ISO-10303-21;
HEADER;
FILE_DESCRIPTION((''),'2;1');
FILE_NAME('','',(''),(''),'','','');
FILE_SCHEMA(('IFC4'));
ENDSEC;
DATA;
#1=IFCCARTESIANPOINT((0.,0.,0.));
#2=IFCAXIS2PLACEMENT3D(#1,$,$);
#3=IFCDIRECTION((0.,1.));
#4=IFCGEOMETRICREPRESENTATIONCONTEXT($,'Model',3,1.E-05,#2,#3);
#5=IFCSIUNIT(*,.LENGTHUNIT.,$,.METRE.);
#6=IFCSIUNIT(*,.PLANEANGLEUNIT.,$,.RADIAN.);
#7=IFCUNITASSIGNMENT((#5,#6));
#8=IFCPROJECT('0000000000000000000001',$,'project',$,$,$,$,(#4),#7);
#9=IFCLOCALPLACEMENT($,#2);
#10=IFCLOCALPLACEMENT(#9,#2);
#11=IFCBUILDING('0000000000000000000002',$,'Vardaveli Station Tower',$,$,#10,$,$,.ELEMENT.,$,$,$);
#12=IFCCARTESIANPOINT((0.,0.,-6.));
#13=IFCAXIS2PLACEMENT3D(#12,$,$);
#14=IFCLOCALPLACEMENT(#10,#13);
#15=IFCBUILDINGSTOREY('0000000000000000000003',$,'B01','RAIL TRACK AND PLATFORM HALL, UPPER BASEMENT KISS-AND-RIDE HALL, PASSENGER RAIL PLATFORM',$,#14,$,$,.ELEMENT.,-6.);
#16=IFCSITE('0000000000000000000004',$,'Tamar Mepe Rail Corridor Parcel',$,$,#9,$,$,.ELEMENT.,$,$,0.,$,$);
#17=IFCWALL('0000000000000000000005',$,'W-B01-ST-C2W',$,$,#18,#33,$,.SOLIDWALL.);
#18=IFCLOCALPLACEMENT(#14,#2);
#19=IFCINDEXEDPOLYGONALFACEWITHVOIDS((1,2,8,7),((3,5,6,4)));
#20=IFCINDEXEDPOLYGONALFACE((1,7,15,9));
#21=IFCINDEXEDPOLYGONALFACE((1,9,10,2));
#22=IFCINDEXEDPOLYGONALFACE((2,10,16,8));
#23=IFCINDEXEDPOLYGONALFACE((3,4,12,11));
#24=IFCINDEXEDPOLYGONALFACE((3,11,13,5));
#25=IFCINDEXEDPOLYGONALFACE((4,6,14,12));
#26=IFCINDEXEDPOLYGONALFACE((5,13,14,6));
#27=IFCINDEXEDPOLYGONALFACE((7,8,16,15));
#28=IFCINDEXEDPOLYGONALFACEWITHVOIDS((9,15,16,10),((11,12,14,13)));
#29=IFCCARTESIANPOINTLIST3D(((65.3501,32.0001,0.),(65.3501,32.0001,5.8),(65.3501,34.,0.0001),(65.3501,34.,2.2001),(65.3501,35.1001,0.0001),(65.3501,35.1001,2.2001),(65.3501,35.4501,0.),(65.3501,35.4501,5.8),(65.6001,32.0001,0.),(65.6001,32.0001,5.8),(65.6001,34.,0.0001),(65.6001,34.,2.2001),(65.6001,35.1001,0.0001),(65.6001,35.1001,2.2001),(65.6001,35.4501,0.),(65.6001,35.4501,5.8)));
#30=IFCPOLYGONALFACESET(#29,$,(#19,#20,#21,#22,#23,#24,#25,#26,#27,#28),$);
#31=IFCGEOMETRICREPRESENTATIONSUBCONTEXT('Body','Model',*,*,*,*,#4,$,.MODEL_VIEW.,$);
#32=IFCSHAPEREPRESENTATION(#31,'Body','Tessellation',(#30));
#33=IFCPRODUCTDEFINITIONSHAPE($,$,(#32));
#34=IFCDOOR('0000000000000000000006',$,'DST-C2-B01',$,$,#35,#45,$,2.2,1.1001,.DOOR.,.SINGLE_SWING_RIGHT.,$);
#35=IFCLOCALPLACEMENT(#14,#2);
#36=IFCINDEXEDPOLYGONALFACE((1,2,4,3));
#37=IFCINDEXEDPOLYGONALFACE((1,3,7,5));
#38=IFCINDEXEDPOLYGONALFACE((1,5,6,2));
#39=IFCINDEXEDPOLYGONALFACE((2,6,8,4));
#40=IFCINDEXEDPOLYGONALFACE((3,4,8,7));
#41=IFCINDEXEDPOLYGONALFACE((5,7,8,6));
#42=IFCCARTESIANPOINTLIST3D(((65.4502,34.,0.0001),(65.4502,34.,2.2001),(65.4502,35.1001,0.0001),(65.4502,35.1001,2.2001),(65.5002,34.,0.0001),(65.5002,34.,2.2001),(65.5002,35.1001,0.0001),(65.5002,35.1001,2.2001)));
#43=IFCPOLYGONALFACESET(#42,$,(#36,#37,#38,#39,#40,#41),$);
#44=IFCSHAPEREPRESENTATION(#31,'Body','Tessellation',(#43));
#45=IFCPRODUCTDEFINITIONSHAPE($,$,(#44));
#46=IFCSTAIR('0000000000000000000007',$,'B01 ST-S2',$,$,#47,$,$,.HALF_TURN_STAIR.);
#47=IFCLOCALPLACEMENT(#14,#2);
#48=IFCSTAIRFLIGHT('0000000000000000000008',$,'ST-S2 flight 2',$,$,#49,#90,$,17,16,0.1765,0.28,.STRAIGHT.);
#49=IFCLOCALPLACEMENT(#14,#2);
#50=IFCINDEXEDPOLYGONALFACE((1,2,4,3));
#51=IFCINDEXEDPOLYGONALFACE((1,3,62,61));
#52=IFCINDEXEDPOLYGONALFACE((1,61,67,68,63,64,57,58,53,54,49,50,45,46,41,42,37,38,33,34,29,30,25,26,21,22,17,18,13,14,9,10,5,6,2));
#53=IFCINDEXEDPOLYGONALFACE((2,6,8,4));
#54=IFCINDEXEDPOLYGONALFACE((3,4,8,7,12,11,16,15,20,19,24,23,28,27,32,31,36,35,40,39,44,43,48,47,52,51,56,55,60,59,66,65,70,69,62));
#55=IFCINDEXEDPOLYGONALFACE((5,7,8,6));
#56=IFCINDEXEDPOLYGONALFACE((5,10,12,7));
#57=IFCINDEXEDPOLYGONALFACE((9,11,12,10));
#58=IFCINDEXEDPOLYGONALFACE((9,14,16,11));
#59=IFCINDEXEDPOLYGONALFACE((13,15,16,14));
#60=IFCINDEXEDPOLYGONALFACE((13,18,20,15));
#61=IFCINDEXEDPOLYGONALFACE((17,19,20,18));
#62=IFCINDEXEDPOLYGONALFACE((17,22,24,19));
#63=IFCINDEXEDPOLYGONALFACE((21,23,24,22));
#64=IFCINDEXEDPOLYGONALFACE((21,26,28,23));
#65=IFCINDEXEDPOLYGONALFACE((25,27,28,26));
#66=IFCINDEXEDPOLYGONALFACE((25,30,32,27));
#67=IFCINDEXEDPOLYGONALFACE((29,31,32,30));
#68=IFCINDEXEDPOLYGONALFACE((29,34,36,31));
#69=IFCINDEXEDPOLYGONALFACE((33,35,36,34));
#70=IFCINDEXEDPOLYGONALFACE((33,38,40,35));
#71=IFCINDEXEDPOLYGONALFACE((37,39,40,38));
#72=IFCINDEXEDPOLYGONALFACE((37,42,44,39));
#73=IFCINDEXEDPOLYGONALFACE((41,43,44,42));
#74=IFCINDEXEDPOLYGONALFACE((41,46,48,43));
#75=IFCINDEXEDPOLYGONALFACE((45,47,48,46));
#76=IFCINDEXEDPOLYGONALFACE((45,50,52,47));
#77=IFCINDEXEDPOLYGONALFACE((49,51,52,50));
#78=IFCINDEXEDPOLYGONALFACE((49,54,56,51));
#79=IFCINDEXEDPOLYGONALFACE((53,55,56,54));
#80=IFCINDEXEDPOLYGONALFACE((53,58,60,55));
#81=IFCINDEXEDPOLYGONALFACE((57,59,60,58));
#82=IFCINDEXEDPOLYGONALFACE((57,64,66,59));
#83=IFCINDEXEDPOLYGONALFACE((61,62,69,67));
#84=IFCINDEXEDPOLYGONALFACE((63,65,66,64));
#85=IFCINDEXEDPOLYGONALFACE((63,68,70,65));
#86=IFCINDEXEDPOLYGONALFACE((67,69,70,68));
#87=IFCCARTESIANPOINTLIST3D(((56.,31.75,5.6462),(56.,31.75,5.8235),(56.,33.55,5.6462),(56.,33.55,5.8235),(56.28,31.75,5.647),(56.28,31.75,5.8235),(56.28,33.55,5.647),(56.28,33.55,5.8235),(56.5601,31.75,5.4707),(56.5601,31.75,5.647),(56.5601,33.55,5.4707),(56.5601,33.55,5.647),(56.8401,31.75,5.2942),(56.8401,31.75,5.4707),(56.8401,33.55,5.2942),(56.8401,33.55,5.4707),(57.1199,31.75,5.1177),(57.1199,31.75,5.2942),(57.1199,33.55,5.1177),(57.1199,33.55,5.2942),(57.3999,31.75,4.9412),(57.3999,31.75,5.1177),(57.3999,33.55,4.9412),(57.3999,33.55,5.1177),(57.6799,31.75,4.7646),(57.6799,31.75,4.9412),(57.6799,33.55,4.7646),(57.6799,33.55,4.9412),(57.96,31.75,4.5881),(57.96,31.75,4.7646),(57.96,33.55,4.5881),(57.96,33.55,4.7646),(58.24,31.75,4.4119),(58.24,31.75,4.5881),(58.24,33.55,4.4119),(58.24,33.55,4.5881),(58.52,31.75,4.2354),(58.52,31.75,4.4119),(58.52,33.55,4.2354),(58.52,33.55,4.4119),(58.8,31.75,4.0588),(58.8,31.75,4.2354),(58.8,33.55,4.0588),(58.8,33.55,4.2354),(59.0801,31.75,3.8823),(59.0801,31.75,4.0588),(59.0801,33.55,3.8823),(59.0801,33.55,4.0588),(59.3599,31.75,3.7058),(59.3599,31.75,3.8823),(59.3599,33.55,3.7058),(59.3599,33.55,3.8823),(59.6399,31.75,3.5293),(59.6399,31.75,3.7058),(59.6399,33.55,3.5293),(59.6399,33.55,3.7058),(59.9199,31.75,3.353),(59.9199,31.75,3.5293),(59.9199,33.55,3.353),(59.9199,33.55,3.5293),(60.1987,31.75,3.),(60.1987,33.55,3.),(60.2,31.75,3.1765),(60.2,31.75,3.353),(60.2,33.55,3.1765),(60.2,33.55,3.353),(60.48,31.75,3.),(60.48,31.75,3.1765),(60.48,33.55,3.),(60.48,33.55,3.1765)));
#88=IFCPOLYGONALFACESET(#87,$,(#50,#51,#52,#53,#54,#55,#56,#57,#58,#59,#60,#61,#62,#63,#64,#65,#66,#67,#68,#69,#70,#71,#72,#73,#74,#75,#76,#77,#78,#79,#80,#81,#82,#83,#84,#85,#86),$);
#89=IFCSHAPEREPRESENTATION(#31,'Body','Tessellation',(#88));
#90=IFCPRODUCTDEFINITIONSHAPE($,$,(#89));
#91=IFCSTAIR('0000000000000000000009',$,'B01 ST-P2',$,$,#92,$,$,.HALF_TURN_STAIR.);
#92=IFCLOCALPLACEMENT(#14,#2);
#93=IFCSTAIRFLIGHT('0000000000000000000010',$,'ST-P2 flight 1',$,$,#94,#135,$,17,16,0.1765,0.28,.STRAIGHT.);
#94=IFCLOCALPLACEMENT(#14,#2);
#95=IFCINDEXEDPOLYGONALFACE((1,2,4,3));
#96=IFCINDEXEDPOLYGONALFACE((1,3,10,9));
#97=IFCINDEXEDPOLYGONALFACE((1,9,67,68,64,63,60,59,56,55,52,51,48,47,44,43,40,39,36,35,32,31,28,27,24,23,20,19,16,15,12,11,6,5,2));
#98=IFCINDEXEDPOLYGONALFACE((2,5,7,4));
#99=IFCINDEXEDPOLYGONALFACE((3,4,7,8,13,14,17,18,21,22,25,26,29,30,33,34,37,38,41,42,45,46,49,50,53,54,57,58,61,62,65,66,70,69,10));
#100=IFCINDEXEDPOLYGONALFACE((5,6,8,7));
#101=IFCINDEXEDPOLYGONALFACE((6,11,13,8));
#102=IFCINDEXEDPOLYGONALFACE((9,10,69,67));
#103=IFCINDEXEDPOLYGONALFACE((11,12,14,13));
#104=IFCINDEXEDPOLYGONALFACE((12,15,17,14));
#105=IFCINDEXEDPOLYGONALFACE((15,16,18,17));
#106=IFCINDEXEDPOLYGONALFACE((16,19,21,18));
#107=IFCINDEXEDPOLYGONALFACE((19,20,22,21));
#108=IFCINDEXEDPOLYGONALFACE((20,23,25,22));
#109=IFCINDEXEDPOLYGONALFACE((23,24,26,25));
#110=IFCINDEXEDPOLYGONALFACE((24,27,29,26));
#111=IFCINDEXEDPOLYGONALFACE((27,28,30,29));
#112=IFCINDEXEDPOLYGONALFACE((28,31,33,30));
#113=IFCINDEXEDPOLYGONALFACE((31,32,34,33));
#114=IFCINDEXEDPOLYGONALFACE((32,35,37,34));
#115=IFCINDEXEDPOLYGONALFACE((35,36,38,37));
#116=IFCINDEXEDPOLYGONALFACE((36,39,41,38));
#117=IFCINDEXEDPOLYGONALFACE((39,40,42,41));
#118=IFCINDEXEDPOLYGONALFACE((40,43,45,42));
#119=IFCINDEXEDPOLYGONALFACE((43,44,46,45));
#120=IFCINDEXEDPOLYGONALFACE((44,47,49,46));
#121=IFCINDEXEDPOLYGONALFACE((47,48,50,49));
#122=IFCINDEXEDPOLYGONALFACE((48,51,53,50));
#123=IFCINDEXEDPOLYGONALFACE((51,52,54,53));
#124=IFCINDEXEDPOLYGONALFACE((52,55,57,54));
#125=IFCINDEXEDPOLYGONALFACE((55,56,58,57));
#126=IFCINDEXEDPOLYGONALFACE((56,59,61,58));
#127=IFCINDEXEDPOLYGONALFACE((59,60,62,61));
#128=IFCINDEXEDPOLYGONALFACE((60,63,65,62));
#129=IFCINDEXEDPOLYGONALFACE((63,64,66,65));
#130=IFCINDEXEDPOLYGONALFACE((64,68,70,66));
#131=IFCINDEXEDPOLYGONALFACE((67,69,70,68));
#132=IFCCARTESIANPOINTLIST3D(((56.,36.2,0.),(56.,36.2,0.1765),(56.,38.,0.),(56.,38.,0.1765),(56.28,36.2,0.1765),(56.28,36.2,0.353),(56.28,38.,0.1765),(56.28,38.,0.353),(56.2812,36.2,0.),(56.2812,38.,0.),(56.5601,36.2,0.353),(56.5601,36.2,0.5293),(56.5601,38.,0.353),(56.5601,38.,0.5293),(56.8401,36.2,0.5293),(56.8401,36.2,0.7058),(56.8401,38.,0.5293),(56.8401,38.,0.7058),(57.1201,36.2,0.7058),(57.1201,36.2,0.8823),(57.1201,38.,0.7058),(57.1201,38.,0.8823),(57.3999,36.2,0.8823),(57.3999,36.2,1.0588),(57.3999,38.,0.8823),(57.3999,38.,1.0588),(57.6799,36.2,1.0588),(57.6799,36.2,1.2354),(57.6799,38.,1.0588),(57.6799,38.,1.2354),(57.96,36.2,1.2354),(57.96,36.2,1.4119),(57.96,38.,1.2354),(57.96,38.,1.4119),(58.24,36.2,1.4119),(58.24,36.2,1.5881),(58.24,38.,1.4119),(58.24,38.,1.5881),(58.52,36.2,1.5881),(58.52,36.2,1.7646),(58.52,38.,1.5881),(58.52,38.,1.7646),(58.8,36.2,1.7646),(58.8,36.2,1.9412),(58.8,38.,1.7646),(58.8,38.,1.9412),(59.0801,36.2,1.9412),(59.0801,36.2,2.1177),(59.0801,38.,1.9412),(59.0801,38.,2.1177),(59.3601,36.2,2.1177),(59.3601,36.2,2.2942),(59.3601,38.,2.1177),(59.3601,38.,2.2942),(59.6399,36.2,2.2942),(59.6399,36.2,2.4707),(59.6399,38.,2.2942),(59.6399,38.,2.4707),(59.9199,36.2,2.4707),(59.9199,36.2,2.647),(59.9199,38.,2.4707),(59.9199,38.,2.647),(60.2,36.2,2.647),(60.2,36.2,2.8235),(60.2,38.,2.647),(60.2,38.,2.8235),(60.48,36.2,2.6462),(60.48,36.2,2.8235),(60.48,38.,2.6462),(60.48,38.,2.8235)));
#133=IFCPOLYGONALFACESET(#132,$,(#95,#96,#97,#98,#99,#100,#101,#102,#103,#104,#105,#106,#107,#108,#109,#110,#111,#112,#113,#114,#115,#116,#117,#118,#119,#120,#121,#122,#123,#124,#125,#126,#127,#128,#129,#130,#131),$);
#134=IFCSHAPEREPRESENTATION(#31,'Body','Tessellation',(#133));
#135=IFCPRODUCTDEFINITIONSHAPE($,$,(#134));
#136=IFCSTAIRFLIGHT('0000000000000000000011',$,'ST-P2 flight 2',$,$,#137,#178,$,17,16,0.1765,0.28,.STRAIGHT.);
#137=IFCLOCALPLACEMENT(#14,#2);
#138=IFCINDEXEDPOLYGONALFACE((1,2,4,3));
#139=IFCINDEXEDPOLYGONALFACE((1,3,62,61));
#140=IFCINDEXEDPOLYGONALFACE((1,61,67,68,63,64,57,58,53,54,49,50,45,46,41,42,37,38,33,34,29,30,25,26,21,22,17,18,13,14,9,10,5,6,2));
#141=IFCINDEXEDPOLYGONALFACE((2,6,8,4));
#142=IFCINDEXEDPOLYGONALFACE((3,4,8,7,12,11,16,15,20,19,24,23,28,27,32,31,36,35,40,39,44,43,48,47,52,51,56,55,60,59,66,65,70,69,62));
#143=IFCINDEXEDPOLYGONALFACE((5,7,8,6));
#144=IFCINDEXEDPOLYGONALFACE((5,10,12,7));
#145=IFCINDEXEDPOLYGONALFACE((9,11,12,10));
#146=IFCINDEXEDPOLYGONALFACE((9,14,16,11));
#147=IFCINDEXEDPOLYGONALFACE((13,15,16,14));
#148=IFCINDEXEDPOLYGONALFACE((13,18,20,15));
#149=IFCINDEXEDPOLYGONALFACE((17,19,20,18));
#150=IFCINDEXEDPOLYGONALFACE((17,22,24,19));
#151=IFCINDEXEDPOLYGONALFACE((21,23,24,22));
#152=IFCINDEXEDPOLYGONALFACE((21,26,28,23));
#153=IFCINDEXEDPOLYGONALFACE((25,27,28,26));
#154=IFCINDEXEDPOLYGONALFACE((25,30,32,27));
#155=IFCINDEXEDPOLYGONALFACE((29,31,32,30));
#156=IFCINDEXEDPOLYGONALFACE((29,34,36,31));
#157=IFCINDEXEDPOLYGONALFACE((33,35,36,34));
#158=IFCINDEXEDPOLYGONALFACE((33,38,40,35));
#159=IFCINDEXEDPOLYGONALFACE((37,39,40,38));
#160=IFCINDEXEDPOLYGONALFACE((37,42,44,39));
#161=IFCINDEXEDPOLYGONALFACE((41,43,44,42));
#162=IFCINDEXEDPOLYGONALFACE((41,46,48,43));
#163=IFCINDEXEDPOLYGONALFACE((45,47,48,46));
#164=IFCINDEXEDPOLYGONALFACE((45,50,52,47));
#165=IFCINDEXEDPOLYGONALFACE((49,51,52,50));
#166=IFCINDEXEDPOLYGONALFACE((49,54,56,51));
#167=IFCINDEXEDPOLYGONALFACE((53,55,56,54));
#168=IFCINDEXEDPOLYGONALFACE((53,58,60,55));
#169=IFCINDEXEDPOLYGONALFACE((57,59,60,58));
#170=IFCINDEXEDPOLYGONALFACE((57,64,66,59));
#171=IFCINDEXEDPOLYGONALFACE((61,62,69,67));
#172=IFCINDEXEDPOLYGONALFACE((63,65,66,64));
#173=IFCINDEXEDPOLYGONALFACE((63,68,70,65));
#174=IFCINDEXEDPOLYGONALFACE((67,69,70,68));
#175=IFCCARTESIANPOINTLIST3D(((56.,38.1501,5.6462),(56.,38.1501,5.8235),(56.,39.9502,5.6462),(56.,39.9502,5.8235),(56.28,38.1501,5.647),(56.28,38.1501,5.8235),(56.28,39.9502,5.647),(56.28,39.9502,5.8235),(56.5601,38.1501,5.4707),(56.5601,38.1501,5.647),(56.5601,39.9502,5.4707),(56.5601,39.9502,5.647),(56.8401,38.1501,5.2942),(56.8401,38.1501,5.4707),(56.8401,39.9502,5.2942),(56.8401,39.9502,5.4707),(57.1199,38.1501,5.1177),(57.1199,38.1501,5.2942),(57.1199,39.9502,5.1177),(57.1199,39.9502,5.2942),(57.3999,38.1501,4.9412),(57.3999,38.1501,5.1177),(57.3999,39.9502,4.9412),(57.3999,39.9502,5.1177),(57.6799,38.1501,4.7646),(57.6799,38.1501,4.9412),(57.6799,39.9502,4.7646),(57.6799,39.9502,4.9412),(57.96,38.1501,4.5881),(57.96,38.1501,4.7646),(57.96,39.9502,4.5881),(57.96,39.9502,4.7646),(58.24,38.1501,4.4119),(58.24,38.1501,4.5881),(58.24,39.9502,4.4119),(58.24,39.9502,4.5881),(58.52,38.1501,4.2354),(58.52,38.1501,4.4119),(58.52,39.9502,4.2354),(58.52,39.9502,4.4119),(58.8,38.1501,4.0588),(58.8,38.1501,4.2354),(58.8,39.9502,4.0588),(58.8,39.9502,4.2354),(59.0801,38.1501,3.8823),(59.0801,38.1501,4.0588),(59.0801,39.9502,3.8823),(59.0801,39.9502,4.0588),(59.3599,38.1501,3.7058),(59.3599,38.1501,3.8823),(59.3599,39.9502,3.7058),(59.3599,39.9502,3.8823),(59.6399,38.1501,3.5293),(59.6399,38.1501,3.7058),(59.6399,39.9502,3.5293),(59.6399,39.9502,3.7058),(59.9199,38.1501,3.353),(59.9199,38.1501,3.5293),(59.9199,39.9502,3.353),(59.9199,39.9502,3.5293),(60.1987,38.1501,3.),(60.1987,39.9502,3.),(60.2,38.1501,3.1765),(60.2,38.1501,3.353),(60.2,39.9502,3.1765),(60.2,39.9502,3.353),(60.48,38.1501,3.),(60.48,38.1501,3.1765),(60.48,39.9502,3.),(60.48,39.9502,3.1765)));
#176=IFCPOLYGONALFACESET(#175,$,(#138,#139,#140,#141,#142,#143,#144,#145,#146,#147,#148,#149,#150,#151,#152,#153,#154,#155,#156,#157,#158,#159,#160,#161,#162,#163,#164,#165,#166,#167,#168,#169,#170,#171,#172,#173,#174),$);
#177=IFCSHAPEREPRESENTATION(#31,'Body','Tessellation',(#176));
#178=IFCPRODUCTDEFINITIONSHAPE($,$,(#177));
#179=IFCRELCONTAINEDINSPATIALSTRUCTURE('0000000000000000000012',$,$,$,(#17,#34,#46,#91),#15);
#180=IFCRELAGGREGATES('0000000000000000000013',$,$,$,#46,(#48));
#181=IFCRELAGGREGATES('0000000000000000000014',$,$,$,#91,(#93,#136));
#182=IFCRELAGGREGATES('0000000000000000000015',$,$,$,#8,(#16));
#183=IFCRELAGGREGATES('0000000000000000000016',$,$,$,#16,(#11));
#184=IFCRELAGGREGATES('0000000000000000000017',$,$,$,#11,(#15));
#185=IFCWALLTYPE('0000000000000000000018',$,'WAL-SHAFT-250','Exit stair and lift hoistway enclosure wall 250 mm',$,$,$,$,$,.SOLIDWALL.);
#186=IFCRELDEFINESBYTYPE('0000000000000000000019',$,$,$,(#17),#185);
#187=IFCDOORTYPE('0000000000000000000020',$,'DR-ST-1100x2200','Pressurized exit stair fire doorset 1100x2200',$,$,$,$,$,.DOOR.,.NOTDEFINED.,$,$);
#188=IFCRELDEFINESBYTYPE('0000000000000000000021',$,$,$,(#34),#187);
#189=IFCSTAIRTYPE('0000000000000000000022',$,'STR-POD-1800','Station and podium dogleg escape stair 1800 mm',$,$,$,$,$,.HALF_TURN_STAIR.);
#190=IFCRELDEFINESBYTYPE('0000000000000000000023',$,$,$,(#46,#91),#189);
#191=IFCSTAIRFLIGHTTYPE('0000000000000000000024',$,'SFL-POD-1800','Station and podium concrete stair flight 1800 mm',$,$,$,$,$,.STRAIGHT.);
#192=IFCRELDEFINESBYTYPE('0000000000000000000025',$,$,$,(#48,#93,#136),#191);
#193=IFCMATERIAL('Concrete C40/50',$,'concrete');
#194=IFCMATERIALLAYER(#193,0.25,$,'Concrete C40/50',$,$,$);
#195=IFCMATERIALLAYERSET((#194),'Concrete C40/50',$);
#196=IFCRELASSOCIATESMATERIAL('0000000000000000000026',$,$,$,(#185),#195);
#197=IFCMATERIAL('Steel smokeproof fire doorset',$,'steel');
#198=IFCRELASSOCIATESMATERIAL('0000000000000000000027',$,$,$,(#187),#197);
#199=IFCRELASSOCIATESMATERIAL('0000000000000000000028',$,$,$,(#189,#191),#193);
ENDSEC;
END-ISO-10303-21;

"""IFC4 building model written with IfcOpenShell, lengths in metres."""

from ifc_helpers import new_model, si_unit, direction, frame, frame_2d, origin, place, context, subcontext, project, spatial, polyline, rectangle, outline, extrude, source, transform, mapped, material, layer, layer_set, type_object, element, fill, aggregate, save


model = new_model("IFC4")

# Units and contexts
model_context = context("Model", 3, precision=1e-05, world=origin(), true_north=direction((0.0, 1.0)))
body_context = subcontext(model_context, "Body", "Model", "MODEL_VIEW")
ifc_project = project(units=[si_unit("LENGTHUNIT", "METRE"), si_unit("PLANEANGLEUNIT", "RADIAN")], contexts=[model_context])

# Site, building, storey
site_placement = place(None, origin())
site = spatial("IfcSite", under=ifc_project, at=site_placement, Name="Tamar Mepe Rail Corridor Parcel", CompositionType="ELEMENT", RefElevation=0.0)
building_placement = place(site_placement, origin())
building = spatial("IfcBuilding", under=site, at=building_placement, Name="Vardaveli Station Tower", CompositionType="ELEMENT")
storey_placement = place(building_placement, frame((0.0, 0.0, -6.0)))
storey = spatial("IfcBuildingStorey", under=building, at=storey_placement, Name="B01", Description="RAIL TRACK AND PLATFORM HALL, UPPER BASEMENT KISS-AND-RIDE HALL, PASSENGER RAIL PLATFORM", CompositionType="ELEMENT", Elevation=-6.0)

# Shared definitions
ifc_material_1 = material(Name="Concrete C40/50", Category="concrete")
ifc_layer = layer(ifc_material_1, 0.25, Name="Concrete C40/50")
ifc_layer_set = layer_set([ifc_layer], Name="Concrete C40/50")
wall_type = type_object("IfcWallType", Name="WAL-SHAFT-250", Description="Exit stair and lift hoistway enclosure wall 250 mm", PredefinedType="SOLIDWALL", material=ifc_layer_set)

# Wall, opening, door
shared_shape_1 = source(origin(), body_context, "Body", "SweptSolid", [
    extrude(rectangle(XDim=3.45, YDim=0.25, at=frame_2d((1.7251, 0.0))), origin(), (0.0, 0.0, 1.0), 5.8),
])
wall_1_placement = place(storey_placement, frame((65.4751, 32.0, 0.0), z_axis=(0.0, 0.0, 1.0), x_axis=(0.0, 1.0, 0.0)))
wall_1 = element("IfcWall", 1, at=wall_1_placement, inside=storey, type_object=wall_type, Name="W-B01-ST-C2W", PredefinedType="SOLIDWALL", context=body_context, shape_type="MappedRepresentation", body=[
    mapped(shared_shape_1, transform((0.0, 0.0, 0.0), scale=1.0)),
])
shared_shape_2 = source(origin(), body_context, "Body", "SweptSolid", [
    extrude(rectangle(XDim=1.1001, YDim=2.2, at=frame_2d((0.55, 1.1001))), frame((0.0, 0.135, 0.0), z_axis=(0.0, -1.0, 0.0), x_axis=(1.0, 0.0, 0.0)), (0.0, 0.0, 1.0), 0.27),
])
opening_placement = place(wall_1_placement, frame((2.0, 0.0, 0.0)))
opening = element("IfcOpeningElement", 2, at=opening_placement, cuts=wall_1, PredefinedType="OPENING", context=body_context, shape_type="MappedRepresentation", body=[
    mapped(shared_shape_2, transform((0.0, 0.0, 0.0), scale=1.0)),
])
ifc_material_2 = material(Name="Steel smokeproof fire doorset", Category="steel")
door_type = type_object("IfcDoorType", Name="DR-ST-1100x2200", Description="Pressurized exit stair fire doorset 1100x2200", OperationType="NOTDEFINED", PredefinedType="DOOR", material=ifc_material_2)
shared_shape_3 = source(origin(), body_context, "Body", "SweptSolid", [
    extrude(rectangle(XDim=1.1001, YDim=2.2, at=frame_2d((0.55, 1.1001))), frame((0.0, 0.0249, 0.0), z_axis=(0.0, -1.0, 0.0), x_axis=(1.0, 0.0, 0.0)), (0.0, 0.0, 1.0), 0.05),
])
door_placement = place(opening_placement, origin())
door = element("IfcDoor", 3, at=door_placement, inside=storey, type_object=door_type, Name="DST-C2-B01", OperationType="SINGLE_SWING_RIGHT", OverallHeight=2.2, OverallWidth=1.1001, PredefinedType="DOOR", context=body_context, shape_type="MappedRepresentation", body=[
    mapped(shared_shape_3, transform((0.0, 0.0, 0.0), scale=1.0)),
])
fill(opening, door)

# Stair, stair flight
stair_type = type_object("IfcStairType", Name="STR-POD-1800", Description="Station and podium dogleg escape stair 1800 mm", PredefinedType="HALF_TURN_STAIR", material=ifc_material_1)
stair_1_placement = place(storey_placement, origin())
stair_1 = element("IfcStair", 4, at=stair_1_placement, inside=storey, type_object=stair_type, Name="B01 ST-S2", PredefinedType="HALF_TURN_STAIR")
stair_flight_type = type_object("IfcStairFlightType", Name="SFL-POD-1800", Description="Station and podium concrete stair flight 1800 mm", PredefinedType="STRAIGHT", material=ifc_material_1)
shared_shape_4 = source(origin(), body_context, "Body", "SweptSolid", [
    extrude(outline(polyline([(0.0, 0.0), (0.0, 0.1765), (0.28, 0.1765), (0.28, 0.353), (0.5601, 0.353), (0.5601, 0.5293), (0.8401, 0.5293), (0.8401, 0.7058), (1.1201, 0.7058), (1.1201, 0.8823), (1.3999, 0.8823), (1.3999, 1.0588), (1.6799, 1.0588), (1.6799, 1.2354), (1.96, 1.2354), (1.96, 1.4119), (2.24, 1.4119), (2.24, 1.5881), (2.52, 1.5881), (2.52, 1.7646), (2.8, 1.7646), (2.8, 1.9412), (3.0801, 1.9412), (3.0801, 2.1177), (3.3601, 2.1177), (3.3601, 2.2942), (3.6399, 2.2942), (3.6399, 2.4707), (3.9199, 2.4707), (3.9199, 2.647), (4.2, 2.647), (4.2, 2.8235), (4.48, 2.8235), (4.48, 3.0), (4.48, 2.6462), (0.2812, 0.0), (0.0, 0.0)])), frame((0.0, 0.8999, 0.0), z_axis=(0.0, -1.0, 0.0), x_axis=(1.0, 0.0, 0.0)), (0.0, 0.0, 1.0), 1.8),
])
stair_flight_1_placement = place(storey_placement, frame((60.48, 32.6499, 3.0), z_axis=(0.0, 0.0, 1.0), x_axis=(-1.0, 0.0, 0.0)))
stair_flight_1 = element("IfcStairFlight", 5, at=stair_flight_1_placement, type_object=stair_flight_type, Name="ST-S2 flight 2", NumberOfRisers=17, NumberOfTreads=16, PredefinedType="STRAIGHT", RiserHeight=0.1765, TreadLength=0.28, context=body_context, shape_type="MappedRepresentation", body=[
    mapped(shared_shape_4, transform((0.0, 0.0, 0.0), scale=1.0)),
])
aggregate(stair_1, [stair_flight_1])

# Stair, stair flights
stair_2_placement = place(storey_placement, origin())
stair_2 = element("IfcStair", 6, at=stair_2_placement, inside=storey, type_object=stair_type, Name="B01 ST-P2", PredefinedType="HALF_TURN_STAIR")
stair_flight_2_placement = place(storey_placement, frame((56.0, 37.1001, 0.0), z_axis=(0.0, 0.0, 1.0), x_axis=(1.0, 0.0, 0.0)))
stair_flight_2 = element("IfcStairFlight", 7, at=stair_flight_2_placement, type_object=stair_flight_type, Name="ST-P2 flight 1", NumberOfRisers=17, NumberOfTreads=16, PredefinedType="STRAIGHT", RiserHeight=0.1765, TreadLength=0.28, context=body_context, shape_type="MappedRepresentation", body=[
    mapped(shared_shape_4, transform((0.0, 0.0, 0.0), scale=1.0)),
])
stair_flight_3_placement = place(storey_placement, frame((60.48, 39.05, 3.0), z_axis=(0.0, 0.0, 1.0), x_axis=(-1.0, 0.0, 0.0)))
stair_flight_3 = element("IfcStairFlight", 8, at=stair_flight_3_placement, type_object=stair_flight_type, Name="ST-P2 flight 2", NumberOfRisers=17, NumberOfTreads=16, PredefinedType="STRAIGHT", RiserHeight=0.1765, TreadLength=0.28, context=body_context, shape_type="MappedRepresentation", body=[
    mapped(shared_shape_4, transform((0.0, 0.0, 0.0), scale=1.0)),
])
aggregate(stair_2, [stair_flight_2, stair_flight_3])

save(model, "model.ifc")
